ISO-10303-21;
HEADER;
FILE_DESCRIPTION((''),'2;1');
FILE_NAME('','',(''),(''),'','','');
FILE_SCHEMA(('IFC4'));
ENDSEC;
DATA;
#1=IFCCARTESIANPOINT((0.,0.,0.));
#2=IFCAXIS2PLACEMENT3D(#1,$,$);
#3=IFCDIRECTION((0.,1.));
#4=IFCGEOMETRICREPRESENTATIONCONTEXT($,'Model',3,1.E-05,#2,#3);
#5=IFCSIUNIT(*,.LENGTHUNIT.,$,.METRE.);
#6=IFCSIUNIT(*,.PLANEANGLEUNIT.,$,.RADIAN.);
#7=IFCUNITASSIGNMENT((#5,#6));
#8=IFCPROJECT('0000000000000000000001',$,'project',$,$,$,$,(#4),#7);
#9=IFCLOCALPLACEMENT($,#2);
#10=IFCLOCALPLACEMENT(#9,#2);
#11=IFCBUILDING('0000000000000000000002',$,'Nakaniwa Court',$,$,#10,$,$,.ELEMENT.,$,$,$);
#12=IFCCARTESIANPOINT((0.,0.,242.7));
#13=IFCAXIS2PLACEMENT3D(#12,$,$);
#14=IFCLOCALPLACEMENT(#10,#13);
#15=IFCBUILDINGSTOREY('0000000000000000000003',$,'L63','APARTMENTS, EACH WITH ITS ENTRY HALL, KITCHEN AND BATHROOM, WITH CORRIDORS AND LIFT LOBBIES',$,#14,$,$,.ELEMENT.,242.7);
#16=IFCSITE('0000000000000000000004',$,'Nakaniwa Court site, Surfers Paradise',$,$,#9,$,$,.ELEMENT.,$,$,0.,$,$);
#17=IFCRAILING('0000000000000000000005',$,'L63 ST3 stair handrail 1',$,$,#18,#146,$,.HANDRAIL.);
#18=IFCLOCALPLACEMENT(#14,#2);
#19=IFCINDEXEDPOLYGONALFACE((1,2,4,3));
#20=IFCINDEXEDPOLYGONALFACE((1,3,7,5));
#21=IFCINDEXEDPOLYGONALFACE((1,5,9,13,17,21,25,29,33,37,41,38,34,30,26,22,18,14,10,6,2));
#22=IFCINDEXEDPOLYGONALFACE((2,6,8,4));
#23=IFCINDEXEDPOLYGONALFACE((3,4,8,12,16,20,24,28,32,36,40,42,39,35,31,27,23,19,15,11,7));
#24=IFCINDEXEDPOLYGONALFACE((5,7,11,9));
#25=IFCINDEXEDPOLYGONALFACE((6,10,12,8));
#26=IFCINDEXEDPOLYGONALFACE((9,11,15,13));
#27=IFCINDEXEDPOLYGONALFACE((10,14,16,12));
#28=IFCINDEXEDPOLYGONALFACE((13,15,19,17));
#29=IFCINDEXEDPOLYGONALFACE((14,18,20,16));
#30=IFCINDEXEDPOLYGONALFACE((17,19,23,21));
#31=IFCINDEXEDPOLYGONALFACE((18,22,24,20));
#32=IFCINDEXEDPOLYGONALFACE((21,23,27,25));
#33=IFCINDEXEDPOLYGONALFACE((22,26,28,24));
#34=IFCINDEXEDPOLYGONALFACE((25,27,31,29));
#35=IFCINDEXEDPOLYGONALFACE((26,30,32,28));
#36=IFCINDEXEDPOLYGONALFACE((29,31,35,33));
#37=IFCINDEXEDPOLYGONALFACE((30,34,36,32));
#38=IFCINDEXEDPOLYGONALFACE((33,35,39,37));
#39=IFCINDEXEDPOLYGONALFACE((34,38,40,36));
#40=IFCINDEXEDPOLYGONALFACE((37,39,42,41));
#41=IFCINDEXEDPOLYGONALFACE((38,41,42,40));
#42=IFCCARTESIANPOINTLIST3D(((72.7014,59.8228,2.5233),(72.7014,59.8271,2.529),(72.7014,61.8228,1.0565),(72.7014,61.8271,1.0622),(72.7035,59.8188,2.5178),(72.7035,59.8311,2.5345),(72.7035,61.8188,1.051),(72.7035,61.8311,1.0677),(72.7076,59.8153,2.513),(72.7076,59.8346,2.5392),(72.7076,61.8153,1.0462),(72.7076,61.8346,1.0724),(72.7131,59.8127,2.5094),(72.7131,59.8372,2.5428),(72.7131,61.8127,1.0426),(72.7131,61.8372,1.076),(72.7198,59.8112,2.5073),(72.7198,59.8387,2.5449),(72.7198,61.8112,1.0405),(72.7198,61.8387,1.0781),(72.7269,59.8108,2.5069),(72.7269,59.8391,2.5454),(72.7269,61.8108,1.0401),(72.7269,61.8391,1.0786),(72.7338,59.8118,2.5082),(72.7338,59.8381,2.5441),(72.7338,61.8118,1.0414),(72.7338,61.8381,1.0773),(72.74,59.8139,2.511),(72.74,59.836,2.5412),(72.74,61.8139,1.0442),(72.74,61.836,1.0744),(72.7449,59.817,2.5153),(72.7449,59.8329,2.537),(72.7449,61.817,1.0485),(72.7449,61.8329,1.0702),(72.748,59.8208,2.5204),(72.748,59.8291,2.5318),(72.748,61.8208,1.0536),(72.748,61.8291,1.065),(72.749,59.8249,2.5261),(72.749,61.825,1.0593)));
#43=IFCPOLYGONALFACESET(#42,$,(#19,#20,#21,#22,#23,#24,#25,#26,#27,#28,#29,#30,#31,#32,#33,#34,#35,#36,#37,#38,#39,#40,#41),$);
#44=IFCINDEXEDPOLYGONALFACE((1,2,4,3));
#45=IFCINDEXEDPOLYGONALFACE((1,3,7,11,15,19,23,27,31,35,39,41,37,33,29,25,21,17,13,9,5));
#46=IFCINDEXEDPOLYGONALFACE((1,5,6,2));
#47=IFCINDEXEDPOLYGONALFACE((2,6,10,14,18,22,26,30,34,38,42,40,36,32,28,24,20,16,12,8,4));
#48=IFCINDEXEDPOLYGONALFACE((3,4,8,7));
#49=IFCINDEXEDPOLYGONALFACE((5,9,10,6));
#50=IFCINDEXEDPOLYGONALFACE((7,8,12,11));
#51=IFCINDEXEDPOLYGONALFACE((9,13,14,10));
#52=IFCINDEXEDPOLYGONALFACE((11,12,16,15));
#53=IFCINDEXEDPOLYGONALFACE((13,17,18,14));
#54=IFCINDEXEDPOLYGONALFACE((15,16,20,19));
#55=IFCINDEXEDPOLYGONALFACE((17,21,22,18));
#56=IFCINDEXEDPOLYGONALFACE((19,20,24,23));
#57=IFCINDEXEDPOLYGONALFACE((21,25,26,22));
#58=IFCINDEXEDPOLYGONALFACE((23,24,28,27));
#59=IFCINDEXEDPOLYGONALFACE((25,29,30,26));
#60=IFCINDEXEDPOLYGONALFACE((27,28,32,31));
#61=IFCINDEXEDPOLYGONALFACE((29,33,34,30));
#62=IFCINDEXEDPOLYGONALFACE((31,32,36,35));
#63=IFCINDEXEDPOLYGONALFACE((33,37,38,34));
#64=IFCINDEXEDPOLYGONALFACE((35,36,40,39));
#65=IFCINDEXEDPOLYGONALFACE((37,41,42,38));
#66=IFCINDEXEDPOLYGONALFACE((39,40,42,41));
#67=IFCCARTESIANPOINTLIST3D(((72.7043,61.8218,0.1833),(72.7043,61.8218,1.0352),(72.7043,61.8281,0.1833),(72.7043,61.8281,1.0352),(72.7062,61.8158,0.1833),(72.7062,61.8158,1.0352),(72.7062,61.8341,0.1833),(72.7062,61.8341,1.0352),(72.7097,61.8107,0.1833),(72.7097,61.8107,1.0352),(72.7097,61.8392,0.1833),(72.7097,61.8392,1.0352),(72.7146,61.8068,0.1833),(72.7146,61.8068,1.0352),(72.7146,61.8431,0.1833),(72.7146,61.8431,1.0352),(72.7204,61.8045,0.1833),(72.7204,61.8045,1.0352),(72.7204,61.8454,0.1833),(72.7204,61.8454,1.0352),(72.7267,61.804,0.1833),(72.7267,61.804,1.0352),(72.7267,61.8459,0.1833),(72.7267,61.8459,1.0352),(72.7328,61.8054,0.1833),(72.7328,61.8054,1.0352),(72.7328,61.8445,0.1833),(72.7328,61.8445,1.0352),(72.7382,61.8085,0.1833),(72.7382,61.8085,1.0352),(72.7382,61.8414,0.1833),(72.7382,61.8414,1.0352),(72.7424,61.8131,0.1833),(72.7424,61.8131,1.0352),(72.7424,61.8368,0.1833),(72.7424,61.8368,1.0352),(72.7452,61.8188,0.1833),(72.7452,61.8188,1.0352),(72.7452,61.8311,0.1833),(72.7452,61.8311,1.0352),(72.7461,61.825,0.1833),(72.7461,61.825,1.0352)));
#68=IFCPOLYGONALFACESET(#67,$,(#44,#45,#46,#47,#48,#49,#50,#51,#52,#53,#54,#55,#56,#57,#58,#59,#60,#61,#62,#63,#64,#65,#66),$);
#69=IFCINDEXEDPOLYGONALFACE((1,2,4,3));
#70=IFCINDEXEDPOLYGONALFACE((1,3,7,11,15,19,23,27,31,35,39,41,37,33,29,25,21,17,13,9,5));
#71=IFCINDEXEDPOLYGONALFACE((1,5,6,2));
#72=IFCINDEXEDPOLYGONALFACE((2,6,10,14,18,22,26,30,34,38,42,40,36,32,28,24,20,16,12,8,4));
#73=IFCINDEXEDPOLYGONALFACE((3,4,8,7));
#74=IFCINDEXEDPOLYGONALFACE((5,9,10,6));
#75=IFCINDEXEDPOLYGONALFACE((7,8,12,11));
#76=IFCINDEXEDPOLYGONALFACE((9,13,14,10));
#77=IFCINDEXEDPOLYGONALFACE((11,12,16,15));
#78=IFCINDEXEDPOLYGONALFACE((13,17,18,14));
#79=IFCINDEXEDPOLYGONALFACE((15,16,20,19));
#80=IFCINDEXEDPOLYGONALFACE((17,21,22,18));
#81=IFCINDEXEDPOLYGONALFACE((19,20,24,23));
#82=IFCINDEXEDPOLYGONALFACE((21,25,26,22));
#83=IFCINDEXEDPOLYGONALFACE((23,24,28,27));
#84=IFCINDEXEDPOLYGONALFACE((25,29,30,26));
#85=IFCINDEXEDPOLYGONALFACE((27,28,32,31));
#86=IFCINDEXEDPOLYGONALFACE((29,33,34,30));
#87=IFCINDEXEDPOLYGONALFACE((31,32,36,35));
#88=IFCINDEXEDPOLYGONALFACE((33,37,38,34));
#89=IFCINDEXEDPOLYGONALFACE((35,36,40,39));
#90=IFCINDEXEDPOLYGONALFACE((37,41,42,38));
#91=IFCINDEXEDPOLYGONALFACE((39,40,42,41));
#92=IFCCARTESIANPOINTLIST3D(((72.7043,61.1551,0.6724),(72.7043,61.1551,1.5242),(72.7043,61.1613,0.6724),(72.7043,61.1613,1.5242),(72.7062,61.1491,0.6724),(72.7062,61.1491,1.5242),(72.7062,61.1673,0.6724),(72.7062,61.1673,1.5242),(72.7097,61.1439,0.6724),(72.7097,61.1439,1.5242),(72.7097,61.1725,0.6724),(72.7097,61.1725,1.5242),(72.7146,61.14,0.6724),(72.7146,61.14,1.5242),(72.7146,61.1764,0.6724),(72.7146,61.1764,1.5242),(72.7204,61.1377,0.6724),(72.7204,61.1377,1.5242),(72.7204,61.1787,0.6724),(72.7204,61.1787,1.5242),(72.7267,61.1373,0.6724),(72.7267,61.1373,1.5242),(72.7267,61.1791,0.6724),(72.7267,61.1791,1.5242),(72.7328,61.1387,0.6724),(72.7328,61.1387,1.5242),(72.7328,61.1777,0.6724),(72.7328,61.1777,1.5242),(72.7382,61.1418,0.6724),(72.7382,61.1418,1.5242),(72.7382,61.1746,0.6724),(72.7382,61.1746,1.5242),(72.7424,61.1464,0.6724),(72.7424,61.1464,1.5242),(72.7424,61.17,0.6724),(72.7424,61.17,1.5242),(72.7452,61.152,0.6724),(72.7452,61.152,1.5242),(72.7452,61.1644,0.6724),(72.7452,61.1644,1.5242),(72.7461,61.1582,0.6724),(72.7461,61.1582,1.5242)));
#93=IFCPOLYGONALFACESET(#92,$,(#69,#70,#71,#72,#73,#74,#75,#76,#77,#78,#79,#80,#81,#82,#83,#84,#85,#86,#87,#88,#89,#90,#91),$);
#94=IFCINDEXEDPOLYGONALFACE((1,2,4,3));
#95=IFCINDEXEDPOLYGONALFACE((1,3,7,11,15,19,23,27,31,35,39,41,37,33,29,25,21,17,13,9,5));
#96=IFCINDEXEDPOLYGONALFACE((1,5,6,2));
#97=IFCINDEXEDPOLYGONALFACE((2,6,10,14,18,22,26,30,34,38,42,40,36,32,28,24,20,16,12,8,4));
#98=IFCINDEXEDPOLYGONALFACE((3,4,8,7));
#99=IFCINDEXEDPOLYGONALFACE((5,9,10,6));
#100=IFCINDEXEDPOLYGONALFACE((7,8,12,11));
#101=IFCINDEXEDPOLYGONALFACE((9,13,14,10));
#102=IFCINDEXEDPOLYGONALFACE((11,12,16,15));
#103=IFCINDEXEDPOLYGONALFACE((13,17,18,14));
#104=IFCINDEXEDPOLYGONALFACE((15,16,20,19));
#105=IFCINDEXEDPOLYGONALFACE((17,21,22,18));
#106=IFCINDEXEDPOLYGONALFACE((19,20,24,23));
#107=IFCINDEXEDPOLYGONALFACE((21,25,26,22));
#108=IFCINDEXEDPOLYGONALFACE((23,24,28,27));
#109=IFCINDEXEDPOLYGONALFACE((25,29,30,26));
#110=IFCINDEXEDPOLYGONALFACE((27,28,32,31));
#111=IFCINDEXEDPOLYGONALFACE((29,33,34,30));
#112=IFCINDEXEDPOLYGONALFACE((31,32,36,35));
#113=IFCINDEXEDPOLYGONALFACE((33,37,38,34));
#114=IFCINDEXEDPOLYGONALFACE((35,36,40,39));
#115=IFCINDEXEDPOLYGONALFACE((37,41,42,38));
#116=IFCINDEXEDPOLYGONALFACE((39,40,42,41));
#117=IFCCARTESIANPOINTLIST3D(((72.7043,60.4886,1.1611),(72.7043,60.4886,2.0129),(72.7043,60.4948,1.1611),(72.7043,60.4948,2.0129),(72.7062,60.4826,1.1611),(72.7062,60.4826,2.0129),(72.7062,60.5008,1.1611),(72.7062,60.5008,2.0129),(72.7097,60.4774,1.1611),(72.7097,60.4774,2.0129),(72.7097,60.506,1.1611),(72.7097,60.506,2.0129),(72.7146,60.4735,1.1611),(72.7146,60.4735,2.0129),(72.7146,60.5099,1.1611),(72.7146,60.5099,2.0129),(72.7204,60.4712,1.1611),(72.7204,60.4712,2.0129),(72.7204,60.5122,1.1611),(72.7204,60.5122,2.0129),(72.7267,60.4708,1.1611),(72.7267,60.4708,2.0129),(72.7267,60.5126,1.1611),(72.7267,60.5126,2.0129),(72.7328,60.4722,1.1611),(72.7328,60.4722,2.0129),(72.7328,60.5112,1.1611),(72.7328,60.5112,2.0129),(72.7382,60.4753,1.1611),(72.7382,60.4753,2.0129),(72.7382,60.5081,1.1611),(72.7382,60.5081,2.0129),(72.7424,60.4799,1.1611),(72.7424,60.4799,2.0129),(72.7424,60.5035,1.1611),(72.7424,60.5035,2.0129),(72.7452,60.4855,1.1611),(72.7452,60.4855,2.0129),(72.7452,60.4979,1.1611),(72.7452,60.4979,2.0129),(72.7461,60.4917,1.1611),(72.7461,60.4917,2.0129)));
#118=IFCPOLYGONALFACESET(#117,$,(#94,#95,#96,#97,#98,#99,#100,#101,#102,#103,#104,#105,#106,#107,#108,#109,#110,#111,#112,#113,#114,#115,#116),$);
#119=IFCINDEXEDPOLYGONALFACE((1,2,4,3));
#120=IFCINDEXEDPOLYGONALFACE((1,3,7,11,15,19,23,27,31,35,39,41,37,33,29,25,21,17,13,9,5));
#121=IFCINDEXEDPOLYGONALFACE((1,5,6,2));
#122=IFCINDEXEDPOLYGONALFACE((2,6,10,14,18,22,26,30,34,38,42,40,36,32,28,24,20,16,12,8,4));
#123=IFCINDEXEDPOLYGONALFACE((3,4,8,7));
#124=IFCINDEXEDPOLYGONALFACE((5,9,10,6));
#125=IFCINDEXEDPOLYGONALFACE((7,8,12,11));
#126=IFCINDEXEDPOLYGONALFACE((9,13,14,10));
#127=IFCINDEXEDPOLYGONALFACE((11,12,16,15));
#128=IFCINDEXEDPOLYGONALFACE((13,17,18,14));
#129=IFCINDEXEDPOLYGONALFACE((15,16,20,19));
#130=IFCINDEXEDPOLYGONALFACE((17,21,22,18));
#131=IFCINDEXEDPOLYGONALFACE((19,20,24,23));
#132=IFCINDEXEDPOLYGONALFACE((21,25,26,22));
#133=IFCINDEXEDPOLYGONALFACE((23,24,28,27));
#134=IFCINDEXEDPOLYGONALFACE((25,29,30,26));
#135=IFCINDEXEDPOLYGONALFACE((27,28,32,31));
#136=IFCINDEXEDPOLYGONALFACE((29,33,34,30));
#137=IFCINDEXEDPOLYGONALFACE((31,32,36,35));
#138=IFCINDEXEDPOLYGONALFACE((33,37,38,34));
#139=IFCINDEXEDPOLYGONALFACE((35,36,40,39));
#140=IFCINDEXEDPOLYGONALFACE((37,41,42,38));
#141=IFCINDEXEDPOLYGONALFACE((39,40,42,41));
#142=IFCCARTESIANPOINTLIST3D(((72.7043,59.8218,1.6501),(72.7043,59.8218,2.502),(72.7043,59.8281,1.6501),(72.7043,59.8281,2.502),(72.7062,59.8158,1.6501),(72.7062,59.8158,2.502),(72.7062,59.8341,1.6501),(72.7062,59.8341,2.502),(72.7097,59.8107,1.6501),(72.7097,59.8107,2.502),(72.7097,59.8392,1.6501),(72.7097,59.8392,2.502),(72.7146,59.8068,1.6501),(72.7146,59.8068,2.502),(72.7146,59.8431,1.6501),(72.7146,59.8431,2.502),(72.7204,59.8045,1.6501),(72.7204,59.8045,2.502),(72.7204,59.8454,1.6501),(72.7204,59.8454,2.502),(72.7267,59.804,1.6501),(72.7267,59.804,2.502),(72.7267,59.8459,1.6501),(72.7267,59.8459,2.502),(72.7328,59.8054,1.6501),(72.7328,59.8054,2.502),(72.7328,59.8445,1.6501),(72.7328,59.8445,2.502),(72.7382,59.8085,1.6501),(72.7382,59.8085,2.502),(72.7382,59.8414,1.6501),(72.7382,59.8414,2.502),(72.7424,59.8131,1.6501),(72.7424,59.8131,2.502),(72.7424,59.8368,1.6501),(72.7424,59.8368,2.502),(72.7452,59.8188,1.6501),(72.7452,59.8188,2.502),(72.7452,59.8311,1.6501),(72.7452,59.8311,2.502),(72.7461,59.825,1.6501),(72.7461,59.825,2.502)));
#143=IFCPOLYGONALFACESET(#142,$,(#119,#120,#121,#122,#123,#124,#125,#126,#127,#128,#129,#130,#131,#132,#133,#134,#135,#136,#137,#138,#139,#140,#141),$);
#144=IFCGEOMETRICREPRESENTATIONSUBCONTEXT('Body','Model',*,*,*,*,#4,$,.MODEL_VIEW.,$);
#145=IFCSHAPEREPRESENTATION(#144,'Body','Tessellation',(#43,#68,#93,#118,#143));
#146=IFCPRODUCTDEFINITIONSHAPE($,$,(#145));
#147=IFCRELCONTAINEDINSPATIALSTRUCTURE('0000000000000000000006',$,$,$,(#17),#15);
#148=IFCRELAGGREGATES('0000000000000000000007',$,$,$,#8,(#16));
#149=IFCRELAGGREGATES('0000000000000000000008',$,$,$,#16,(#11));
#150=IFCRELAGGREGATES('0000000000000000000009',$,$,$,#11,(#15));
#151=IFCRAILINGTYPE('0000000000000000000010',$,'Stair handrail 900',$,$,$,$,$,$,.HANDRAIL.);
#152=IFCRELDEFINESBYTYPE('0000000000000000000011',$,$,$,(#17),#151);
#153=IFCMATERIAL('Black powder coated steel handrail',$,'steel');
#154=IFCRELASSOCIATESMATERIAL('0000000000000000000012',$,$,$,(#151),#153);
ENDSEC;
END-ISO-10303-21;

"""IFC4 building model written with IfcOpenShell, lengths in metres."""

from ifc_helpers import new_model, si_unit, direction, frame, origin, origin_2d, place, context, subcontext, project, spatial, circle, extrude, material, type_object, element, save


model = new_model("IFC4")

# Units and contexts
model_context = context("Model", 3, precision=1e-05, world=origin(), true_north=direction((0.0, 1.0)))
body_context = subcontext(model_context, "Body", "Model", "MODEL_VIEW")
ifc_project = project(units=[si_unit("LENGTHUNIT", "METRE"), si_unit("PLANEANGLEUNIT", "RADIAN")], contexts=[model_context])

# Site, building, storey
site_placement = place(None, origin())
site = spatial("IfcSite", under=ifc_project, at=site_placement, Name="Nakaniwa Court site, Surfers Paradise", CompositionType="ELEMENT", RefElevation=0.0)
building_placement = place(site_placement, origin())
building = spatial("IfcBuilding", under=site, at=building_placement, Name="Nakaniwa Court", CompositionType="ELEMENT")
storey_placement = place(building_placement, frame((0.0, 0.0, 242.7)))
storey = spatial("IfcBuildingStorey", under=building, at=storey_placement, Name="L63", Description="APARTMENTS, EACH WITH ITS ENTRY HALL, KITCHEN AND BATHROOM, WITH CORRIDORS AND LIFT LOBBIES", CompositionType="ELEMENT", Elevation=242.7)

# Railing
ifc_material_1 = material(Name="Black powder coated steel handrail", Category="steel")
railing_type_1 = type_object("IfcRailingType", Name="Stair handrail 900", PredefinedType="HANDRAIL", material=ifc_material_1)
railing_1_placement = place(storey_placement, frame((72.7251, 61.825, 0.1833)))
element("IfcRailing", 1, at=railing_1_placement, inside=storey, type_object=railing_type_1, Name="L63 ST3 stair handrail 1", PredefinedType="HANDRAIL", context=body_context, shape_type="SweptSolid", body=[
    extrude(circle(Radius=0.0239, at=origin_2d()), frame((0.0, 0.0, 0.876), z_axis=(0.0, -0.80638, 0.591398), x_axis=(1.0, 0.0, 0.0)), (0.0, 0.0, 1.0), 2.4802),
    extrude(circle(Radius=0.021, at=origin_2d()), origin(), (0.0, 0.0, 1.0), 0.8518),
    extrude(circle(Radius=0.021, at=origin_2d()), frame((0.0, -0.6667, 0.489)), (0.0, 0.0, 1.0), 0.8518),
    extrude(circle(Radius=0.021, at=origin_2d()), frame((0.0, -1.3333, 0.9778)), (0.0, 0.0, 1.0), 0.8518),
    extrude(circle(Radius=0.021, at=origin_2d()), frame((0.0, -2.0, 1.4668)), (0.0, 0.0, 1.0), 0.8518),
])

save(model, "model.ifc")
